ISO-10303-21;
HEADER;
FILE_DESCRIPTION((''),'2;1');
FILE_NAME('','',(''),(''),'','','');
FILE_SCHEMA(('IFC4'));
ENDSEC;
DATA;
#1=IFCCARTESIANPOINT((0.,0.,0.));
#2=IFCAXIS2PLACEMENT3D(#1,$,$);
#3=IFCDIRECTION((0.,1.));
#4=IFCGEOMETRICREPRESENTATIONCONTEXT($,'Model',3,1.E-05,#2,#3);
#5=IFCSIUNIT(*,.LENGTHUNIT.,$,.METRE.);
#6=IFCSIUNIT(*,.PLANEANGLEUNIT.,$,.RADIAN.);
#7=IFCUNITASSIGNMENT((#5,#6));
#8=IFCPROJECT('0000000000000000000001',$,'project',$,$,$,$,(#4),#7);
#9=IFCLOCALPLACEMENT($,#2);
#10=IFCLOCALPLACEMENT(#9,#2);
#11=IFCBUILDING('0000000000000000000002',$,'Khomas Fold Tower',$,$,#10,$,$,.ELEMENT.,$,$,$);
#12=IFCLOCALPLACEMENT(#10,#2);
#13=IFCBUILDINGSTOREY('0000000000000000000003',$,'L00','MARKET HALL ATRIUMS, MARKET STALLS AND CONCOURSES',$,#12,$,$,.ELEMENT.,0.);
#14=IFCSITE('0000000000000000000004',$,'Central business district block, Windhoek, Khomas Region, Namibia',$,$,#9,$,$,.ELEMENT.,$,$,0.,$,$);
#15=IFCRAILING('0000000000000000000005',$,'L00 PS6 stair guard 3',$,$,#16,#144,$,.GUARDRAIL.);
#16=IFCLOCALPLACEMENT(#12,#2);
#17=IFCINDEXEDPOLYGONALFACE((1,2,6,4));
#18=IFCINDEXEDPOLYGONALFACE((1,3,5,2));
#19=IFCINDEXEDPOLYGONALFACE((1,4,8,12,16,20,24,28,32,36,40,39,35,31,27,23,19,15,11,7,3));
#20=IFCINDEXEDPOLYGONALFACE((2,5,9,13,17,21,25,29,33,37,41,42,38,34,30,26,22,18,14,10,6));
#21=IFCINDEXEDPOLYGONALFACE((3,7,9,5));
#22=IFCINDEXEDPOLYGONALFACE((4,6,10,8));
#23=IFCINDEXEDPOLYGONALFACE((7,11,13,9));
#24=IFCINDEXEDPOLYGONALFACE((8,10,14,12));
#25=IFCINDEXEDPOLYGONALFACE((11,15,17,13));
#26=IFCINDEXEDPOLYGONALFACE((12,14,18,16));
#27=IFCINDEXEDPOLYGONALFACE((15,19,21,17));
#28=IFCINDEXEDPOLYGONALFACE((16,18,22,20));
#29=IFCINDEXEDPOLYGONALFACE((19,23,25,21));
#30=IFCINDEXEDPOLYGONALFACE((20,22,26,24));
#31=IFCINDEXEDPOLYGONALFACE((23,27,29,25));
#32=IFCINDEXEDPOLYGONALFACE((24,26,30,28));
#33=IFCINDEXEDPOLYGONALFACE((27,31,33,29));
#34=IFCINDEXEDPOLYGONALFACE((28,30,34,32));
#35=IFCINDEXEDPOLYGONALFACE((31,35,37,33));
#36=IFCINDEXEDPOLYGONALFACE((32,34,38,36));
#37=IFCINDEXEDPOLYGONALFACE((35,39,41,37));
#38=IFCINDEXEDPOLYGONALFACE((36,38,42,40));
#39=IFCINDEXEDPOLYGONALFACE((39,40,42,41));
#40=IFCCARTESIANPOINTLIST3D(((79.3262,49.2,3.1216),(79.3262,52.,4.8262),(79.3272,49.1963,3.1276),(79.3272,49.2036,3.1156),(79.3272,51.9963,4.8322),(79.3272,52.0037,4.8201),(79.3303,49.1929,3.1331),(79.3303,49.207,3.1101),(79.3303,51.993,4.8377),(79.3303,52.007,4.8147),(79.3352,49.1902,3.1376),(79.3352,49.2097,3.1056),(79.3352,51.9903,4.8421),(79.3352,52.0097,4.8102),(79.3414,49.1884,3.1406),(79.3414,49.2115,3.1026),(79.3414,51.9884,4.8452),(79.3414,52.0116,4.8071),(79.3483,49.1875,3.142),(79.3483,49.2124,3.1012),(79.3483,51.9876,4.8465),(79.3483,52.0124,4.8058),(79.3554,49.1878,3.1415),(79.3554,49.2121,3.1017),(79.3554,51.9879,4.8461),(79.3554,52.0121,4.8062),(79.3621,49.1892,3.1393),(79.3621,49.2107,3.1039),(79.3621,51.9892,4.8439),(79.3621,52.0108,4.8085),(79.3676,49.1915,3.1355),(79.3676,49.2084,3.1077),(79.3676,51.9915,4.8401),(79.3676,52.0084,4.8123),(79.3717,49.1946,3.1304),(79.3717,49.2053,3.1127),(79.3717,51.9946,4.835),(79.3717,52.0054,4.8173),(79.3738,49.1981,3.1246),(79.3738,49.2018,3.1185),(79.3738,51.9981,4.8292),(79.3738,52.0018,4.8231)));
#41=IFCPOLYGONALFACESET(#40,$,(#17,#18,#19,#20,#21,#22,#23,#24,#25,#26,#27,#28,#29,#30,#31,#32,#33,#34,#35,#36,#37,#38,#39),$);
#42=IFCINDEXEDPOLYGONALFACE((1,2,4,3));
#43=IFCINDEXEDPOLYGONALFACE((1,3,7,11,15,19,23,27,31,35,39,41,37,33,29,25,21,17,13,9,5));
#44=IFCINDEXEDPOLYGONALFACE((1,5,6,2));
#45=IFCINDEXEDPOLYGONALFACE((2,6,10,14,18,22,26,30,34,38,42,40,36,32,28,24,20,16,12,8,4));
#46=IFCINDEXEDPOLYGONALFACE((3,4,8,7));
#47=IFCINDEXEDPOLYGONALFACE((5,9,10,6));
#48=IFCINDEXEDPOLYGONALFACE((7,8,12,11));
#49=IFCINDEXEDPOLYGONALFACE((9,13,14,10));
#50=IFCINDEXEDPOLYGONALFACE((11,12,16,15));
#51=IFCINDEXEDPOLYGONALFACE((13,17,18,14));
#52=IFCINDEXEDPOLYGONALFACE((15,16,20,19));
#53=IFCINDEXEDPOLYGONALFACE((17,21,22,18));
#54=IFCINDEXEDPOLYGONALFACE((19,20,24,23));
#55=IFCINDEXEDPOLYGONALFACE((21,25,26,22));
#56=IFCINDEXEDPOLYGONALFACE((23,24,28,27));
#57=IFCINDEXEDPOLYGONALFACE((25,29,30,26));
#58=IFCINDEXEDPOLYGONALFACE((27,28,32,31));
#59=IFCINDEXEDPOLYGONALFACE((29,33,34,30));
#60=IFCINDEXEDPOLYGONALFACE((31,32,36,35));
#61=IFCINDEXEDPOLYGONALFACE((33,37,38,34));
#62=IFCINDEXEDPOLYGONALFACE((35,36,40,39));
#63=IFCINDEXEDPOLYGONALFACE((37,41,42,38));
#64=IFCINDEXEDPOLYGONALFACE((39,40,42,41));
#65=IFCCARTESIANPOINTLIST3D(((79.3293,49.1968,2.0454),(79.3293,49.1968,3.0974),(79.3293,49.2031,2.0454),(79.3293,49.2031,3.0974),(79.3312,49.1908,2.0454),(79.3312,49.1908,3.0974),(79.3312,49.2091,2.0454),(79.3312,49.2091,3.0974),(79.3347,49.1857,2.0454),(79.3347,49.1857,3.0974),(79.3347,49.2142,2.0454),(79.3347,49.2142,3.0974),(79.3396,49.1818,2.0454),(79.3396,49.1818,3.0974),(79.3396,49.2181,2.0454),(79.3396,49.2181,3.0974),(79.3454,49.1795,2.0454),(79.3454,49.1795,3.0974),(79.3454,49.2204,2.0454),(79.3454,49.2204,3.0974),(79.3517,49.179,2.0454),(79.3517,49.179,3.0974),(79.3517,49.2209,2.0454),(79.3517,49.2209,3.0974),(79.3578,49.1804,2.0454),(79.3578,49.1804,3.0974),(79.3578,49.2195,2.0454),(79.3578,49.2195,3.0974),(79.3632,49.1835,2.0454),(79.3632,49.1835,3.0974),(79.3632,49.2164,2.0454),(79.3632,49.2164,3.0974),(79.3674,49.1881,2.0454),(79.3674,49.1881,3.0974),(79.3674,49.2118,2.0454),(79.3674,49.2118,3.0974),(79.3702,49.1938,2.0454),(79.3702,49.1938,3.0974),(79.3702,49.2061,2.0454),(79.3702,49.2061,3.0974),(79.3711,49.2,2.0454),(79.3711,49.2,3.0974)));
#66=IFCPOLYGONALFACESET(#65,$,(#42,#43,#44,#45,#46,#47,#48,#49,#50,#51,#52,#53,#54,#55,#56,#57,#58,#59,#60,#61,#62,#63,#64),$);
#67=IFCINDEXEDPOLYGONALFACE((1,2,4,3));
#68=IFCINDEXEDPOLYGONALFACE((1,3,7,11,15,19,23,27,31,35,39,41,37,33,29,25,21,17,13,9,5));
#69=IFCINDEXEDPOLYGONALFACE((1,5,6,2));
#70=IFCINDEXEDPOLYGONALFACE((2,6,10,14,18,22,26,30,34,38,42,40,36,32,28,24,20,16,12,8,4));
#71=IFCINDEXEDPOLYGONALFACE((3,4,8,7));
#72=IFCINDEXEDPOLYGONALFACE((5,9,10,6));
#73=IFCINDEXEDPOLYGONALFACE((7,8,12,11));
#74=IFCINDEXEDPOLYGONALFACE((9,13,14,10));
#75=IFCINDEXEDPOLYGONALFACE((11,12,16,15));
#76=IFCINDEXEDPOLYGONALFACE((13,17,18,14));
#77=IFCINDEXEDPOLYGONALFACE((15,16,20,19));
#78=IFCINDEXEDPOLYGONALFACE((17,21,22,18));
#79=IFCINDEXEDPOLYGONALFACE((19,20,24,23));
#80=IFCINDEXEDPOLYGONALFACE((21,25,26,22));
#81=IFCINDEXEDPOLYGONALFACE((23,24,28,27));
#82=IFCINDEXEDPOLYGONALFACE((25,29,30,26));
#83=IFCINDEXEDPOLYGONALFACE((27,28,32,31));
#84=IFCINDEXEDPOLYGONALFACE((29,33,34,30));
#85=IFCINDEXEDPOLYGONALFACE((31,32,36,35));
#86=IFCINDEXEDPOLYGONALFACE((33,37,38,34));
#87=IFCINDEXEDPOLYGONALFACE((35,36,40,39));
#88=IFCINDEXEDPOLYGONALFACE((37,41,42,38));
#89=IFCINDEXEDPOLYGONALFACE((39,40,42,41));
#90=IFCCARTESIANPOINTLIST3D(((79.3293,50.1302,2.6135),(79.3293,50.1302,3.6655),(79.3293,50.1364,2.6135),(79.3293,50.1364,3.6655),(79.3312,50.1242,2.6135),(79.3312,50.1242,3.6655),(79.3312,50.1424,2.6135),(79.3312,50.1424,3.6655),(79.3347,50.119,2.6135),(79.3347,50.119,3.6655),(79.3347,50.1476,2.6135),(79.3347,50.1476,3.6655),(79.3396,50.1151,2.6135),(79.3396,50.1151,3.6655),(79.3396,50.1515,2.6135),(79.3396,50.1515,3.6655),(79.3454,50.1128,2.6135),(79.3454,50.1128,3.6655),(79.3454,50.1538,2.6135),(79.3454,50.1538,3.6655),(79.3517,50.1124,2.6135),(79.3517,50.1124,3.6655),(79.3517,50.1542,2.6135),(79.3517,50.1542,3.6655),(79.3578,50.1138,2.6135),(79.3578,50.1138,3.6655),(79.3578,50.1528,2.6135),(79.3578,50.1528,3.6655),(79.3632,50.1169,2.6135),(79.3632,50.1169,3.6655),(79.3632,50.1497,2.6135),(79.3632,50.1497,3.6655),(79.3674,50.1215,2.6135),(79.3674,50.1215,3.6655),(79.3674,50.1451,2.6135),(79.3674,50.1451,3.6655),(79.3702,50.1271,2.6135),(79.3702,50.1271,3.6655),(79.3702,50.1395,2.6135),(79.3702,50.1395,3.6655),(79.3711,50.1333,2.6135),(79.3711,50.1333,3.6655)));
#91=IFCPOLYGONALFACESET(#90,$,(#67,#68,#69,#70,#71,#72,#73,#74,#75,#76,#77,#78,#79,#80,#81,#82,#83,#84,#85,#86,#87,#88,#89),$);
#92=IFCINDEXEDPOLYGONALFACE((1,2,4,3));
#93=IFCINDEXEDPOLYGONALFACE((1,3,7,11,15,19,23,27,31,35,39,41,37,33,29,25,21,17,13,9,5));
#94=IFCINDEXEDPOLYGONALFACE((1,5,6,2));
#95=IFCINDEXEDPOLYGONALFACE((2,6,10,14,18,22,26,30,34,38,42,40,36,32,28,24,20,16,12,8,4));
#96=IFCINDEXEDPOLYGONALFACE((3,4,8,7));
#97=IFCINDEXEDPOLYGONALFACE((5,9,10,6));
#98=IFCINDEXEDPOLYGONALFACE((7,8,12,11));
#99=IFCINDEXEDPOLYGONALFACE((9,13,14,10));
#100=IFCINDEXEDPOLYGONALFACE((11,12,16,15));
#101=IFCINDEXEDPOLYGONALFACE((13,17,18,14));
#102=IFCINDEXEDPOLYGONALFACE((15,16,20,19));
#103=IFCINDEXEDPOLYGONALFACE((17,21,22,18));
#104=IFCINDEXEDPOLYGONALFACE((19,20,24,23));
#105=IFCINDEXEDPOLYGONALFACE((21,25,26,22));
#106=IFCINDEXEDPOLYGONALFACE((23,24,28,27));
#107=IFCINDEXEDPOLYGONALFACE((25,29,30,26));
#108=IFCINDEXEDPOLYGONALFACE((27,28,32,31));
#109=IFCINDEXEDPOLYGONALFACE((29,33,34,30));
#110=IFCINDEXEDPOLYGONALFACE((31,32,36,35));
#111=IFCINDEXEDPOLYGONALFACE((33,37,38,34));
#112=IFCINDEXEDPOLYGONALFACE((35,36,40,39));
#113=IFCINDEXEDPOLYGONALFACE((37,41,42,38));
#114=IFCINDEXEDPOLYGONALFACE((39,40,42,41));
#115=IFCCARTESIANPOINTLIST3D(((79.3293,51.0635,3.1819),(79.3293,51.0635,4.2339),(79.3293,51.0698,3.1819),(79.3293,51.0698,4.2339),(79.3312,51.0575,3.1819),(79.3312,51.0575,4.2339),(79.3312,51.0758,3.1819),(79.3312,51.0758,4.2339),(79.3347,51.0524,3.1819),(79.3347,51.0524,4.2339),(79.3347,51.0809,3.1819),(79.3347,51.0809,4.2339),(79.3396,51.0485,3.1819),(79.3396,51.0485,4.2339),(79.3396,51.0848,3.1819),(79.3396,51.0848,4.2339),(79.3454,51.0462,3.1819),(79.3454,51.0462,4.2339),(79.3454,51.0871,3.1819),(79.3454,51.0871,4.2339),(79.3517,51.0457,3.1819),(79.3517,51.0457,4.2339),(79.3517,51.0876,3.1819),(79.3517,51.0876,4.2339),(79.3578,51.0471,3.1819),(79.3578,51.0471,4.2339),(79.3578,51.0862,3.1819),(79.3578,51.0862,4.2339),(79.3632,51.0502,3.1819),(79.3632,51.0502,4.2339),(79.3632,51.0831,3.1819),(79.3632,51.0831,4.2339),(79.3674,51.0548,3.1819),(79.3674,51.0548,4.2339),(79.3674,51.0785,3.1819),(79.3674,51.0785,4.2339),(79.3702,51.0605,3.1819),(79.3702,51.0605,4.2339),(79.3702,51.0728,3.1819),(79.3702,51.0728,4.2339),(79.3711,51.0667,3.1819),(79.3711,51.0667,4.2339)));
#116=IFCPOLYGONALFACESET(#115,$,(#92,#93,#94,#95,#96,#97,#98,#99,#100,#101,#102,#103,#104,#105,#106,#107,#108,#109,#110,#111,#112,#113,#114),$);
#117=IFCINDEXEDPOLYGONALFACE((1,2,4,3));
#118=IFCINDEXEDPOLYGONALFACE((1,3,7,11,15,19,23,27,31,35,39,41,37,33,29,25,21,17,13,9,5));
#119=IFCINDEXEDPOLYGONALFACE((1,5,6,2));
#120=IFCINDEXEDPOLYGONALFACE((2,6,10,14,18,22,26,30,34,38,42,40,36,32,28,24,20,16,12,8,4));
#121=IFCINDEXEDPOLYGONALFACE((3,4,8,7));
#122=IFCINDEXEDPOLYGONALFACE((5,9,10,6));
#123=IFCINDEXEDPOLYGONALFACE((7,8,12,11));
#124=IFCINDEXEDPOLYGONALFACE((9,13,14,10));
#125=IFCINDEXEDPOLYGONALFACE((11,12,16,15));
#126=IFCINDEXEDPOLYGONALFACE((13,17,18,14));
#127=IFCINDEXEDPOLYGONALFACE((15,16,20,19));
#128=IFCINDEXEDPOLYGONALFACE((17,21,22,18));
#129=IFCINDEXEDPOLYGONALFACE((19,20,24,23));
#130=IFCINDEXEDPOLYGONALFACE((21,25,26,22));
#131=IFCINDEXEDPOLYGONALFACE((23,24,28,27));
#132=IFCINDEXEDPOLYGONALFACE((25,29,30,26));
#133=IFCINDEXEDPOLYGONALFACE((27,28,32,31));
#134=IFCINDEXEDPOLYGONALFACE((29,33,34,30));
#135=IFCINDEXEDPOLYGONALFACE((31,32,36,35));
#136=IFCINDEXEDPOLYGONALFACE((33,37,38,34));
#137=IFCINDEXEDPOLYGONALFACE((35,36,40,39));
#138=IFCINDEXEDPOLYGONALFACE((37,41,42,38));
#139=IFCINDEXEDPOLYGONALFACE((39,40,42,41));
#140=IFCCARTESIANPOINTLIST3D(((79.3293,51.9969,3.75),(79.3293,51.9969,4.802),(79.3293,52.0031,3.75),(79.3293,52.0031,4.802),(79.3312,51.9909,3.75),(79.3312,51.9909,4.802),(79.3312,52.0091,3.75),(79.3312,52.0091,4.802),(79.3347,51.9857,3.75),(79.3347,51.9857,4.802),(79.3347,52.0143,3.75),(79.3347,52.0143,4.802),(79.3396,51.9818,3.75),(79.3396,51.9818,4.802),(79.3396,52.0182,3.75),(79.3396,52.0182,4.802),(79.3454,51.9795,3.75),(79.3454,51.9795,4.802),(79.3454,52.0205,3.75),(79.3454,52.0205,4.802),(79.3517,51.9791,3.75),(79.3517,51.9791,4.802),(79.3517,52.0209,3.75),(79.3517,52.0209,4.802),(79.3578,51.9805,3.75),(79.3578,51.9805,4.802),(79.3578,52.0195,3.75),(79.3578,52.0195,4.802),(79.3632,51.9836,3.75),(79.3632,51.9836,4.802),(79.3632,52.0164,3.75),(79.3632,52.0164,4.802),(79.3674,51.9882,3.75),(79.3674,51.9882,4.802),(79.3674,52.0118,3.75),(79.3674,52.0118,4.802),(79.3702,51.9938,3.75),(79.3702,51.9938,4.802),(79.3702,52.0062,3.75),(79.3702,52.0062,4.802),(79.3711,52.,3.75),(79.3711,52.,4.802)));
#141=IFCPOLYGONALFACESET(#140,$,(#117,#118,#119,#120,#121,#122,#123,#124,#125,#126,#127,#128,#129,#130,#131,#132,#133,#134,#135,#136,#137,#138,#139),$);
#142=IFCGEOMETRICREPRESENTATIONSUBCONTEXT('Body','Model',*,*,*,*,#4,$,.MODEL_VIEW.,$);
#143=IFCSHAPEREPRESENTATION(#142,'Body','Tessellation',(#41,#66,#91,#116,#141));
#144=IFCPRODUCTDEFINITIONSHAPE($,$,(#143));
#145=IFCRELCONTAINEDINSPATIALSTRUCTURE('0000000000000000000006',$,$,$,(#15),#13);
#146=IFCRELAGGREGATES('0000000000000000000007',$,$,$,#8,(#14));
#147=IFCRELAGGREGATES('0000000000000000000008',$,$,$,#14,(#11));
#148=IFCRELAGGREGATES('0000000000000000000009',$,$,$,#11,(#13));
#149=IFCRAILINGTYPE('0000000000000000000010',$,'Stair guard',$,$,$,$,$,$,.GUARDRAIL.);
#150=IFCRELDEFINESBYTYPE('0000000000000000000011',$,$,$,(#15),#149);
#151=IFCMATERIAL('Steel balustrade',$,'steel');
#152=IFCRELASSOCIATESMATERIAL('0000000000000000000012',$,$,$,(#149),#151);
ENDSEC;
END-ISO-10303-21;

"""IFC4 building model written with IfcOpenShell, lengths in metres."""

from ifc_helpers import new_model, si_unit, direction, frame, origin, origin_2d, place, context, subcontext, project, spatial, circle, extrude, source, transform, mapped, material, type_object, element, save


model = new_model("IFC4")

# Units and contexts
model_context = context("Model", 3, precision=1e-05, world=origin(), true_north=direction((0.0, 1.0)))
body_context = subcontext(model_context, "Body", "Model", "MODEL_VIEW")
ifc_project = project(units=[si_unit("LENGTHUNIT", "METRE"), si_unit("PLANEANGLEUNIT", "RADIAN")], contexts=[model_context])

# Site, building, storey
site_placement = place(None, origin())
site = spatial("IfcSite", under=ifc_project, at=site_placement, Name="Central business district block, Windhoek, Khomas Region, Namibia", CompositionType="ELEMENT", RefElevation=0.0)
building_placement = place(site_placement, origin())
building = spatial("IfcBuilding", under=site, at=building_placement, Name="Khomas Fold Tower", CompositionType="ELEMENT")
storey_placement = place(building_placement, origin())
storey = spatial("IfcBuildingStorey", under=building, at=storey_placement, Name="L00", Description="MARKET HALL ATRIUMS, MARKET STALLS AND CONCOURSES", CompositionType="ELEMENT", Elevation=0.0)

# Railing
ifc_material_1 = material(Name="Steel balustrade", Category="steel")
railing_type_1 = type_object("IfcRailingType", Name="Stair guard", PredefinedType="GUARDRAIL", material=ifc_material_1)
shared_shape_1 = source(origin(), body_context, "Body", "SweptSolid", [
    extrude(circle(Radius=0.0239, at=origin_2d()), frame((0.0, 0.0, 1.0762), z_axis=(0.0, 0.85417, 0.519994), x_axis=(-1.0, 0.0, 0.0)), (0.0, 0.0, 1.0), 3.2781),
    extrude(circle(Radius=0.021, at=origin_2d()), origin(), (0.0, 0.0, 1.0), 1.052),
    extrude(circle(Radius=0.021, at=origin_2d()), frame((0.0, 0.9333, 0.5681)), (0.0, 0.0, 1.0), 1.052),
    extrude(circle(Radius=0.021, at=origin_2d()), frame((0.0, 1.8667, 1.1365)), (0.0, 0.0, 1.0), 1.052),
    extrude(circle(Radius=0.021, at=origin_2d()), frame((0.0, 2.8, 1.7046)), (0.0, 0.0, 1.0), 1.052),
])
for number, where, name in (
    (1, (79.3501, 49.2, 2.0454), "L00 PS6 stair guard 3"),
):
    element("IfcRailing", number, at=place(storey_placement, frame(where)), inside=storey, type_object=railing_type_1, Name=name, PredefinedType="GUARDRAIL", context=body_context, shape_type="MappedRepresentation", body=[
        mapped(shared_shape_1, transform((0.0, 0.0, 0.0))),
    ])

save(model, "model.ifc")
